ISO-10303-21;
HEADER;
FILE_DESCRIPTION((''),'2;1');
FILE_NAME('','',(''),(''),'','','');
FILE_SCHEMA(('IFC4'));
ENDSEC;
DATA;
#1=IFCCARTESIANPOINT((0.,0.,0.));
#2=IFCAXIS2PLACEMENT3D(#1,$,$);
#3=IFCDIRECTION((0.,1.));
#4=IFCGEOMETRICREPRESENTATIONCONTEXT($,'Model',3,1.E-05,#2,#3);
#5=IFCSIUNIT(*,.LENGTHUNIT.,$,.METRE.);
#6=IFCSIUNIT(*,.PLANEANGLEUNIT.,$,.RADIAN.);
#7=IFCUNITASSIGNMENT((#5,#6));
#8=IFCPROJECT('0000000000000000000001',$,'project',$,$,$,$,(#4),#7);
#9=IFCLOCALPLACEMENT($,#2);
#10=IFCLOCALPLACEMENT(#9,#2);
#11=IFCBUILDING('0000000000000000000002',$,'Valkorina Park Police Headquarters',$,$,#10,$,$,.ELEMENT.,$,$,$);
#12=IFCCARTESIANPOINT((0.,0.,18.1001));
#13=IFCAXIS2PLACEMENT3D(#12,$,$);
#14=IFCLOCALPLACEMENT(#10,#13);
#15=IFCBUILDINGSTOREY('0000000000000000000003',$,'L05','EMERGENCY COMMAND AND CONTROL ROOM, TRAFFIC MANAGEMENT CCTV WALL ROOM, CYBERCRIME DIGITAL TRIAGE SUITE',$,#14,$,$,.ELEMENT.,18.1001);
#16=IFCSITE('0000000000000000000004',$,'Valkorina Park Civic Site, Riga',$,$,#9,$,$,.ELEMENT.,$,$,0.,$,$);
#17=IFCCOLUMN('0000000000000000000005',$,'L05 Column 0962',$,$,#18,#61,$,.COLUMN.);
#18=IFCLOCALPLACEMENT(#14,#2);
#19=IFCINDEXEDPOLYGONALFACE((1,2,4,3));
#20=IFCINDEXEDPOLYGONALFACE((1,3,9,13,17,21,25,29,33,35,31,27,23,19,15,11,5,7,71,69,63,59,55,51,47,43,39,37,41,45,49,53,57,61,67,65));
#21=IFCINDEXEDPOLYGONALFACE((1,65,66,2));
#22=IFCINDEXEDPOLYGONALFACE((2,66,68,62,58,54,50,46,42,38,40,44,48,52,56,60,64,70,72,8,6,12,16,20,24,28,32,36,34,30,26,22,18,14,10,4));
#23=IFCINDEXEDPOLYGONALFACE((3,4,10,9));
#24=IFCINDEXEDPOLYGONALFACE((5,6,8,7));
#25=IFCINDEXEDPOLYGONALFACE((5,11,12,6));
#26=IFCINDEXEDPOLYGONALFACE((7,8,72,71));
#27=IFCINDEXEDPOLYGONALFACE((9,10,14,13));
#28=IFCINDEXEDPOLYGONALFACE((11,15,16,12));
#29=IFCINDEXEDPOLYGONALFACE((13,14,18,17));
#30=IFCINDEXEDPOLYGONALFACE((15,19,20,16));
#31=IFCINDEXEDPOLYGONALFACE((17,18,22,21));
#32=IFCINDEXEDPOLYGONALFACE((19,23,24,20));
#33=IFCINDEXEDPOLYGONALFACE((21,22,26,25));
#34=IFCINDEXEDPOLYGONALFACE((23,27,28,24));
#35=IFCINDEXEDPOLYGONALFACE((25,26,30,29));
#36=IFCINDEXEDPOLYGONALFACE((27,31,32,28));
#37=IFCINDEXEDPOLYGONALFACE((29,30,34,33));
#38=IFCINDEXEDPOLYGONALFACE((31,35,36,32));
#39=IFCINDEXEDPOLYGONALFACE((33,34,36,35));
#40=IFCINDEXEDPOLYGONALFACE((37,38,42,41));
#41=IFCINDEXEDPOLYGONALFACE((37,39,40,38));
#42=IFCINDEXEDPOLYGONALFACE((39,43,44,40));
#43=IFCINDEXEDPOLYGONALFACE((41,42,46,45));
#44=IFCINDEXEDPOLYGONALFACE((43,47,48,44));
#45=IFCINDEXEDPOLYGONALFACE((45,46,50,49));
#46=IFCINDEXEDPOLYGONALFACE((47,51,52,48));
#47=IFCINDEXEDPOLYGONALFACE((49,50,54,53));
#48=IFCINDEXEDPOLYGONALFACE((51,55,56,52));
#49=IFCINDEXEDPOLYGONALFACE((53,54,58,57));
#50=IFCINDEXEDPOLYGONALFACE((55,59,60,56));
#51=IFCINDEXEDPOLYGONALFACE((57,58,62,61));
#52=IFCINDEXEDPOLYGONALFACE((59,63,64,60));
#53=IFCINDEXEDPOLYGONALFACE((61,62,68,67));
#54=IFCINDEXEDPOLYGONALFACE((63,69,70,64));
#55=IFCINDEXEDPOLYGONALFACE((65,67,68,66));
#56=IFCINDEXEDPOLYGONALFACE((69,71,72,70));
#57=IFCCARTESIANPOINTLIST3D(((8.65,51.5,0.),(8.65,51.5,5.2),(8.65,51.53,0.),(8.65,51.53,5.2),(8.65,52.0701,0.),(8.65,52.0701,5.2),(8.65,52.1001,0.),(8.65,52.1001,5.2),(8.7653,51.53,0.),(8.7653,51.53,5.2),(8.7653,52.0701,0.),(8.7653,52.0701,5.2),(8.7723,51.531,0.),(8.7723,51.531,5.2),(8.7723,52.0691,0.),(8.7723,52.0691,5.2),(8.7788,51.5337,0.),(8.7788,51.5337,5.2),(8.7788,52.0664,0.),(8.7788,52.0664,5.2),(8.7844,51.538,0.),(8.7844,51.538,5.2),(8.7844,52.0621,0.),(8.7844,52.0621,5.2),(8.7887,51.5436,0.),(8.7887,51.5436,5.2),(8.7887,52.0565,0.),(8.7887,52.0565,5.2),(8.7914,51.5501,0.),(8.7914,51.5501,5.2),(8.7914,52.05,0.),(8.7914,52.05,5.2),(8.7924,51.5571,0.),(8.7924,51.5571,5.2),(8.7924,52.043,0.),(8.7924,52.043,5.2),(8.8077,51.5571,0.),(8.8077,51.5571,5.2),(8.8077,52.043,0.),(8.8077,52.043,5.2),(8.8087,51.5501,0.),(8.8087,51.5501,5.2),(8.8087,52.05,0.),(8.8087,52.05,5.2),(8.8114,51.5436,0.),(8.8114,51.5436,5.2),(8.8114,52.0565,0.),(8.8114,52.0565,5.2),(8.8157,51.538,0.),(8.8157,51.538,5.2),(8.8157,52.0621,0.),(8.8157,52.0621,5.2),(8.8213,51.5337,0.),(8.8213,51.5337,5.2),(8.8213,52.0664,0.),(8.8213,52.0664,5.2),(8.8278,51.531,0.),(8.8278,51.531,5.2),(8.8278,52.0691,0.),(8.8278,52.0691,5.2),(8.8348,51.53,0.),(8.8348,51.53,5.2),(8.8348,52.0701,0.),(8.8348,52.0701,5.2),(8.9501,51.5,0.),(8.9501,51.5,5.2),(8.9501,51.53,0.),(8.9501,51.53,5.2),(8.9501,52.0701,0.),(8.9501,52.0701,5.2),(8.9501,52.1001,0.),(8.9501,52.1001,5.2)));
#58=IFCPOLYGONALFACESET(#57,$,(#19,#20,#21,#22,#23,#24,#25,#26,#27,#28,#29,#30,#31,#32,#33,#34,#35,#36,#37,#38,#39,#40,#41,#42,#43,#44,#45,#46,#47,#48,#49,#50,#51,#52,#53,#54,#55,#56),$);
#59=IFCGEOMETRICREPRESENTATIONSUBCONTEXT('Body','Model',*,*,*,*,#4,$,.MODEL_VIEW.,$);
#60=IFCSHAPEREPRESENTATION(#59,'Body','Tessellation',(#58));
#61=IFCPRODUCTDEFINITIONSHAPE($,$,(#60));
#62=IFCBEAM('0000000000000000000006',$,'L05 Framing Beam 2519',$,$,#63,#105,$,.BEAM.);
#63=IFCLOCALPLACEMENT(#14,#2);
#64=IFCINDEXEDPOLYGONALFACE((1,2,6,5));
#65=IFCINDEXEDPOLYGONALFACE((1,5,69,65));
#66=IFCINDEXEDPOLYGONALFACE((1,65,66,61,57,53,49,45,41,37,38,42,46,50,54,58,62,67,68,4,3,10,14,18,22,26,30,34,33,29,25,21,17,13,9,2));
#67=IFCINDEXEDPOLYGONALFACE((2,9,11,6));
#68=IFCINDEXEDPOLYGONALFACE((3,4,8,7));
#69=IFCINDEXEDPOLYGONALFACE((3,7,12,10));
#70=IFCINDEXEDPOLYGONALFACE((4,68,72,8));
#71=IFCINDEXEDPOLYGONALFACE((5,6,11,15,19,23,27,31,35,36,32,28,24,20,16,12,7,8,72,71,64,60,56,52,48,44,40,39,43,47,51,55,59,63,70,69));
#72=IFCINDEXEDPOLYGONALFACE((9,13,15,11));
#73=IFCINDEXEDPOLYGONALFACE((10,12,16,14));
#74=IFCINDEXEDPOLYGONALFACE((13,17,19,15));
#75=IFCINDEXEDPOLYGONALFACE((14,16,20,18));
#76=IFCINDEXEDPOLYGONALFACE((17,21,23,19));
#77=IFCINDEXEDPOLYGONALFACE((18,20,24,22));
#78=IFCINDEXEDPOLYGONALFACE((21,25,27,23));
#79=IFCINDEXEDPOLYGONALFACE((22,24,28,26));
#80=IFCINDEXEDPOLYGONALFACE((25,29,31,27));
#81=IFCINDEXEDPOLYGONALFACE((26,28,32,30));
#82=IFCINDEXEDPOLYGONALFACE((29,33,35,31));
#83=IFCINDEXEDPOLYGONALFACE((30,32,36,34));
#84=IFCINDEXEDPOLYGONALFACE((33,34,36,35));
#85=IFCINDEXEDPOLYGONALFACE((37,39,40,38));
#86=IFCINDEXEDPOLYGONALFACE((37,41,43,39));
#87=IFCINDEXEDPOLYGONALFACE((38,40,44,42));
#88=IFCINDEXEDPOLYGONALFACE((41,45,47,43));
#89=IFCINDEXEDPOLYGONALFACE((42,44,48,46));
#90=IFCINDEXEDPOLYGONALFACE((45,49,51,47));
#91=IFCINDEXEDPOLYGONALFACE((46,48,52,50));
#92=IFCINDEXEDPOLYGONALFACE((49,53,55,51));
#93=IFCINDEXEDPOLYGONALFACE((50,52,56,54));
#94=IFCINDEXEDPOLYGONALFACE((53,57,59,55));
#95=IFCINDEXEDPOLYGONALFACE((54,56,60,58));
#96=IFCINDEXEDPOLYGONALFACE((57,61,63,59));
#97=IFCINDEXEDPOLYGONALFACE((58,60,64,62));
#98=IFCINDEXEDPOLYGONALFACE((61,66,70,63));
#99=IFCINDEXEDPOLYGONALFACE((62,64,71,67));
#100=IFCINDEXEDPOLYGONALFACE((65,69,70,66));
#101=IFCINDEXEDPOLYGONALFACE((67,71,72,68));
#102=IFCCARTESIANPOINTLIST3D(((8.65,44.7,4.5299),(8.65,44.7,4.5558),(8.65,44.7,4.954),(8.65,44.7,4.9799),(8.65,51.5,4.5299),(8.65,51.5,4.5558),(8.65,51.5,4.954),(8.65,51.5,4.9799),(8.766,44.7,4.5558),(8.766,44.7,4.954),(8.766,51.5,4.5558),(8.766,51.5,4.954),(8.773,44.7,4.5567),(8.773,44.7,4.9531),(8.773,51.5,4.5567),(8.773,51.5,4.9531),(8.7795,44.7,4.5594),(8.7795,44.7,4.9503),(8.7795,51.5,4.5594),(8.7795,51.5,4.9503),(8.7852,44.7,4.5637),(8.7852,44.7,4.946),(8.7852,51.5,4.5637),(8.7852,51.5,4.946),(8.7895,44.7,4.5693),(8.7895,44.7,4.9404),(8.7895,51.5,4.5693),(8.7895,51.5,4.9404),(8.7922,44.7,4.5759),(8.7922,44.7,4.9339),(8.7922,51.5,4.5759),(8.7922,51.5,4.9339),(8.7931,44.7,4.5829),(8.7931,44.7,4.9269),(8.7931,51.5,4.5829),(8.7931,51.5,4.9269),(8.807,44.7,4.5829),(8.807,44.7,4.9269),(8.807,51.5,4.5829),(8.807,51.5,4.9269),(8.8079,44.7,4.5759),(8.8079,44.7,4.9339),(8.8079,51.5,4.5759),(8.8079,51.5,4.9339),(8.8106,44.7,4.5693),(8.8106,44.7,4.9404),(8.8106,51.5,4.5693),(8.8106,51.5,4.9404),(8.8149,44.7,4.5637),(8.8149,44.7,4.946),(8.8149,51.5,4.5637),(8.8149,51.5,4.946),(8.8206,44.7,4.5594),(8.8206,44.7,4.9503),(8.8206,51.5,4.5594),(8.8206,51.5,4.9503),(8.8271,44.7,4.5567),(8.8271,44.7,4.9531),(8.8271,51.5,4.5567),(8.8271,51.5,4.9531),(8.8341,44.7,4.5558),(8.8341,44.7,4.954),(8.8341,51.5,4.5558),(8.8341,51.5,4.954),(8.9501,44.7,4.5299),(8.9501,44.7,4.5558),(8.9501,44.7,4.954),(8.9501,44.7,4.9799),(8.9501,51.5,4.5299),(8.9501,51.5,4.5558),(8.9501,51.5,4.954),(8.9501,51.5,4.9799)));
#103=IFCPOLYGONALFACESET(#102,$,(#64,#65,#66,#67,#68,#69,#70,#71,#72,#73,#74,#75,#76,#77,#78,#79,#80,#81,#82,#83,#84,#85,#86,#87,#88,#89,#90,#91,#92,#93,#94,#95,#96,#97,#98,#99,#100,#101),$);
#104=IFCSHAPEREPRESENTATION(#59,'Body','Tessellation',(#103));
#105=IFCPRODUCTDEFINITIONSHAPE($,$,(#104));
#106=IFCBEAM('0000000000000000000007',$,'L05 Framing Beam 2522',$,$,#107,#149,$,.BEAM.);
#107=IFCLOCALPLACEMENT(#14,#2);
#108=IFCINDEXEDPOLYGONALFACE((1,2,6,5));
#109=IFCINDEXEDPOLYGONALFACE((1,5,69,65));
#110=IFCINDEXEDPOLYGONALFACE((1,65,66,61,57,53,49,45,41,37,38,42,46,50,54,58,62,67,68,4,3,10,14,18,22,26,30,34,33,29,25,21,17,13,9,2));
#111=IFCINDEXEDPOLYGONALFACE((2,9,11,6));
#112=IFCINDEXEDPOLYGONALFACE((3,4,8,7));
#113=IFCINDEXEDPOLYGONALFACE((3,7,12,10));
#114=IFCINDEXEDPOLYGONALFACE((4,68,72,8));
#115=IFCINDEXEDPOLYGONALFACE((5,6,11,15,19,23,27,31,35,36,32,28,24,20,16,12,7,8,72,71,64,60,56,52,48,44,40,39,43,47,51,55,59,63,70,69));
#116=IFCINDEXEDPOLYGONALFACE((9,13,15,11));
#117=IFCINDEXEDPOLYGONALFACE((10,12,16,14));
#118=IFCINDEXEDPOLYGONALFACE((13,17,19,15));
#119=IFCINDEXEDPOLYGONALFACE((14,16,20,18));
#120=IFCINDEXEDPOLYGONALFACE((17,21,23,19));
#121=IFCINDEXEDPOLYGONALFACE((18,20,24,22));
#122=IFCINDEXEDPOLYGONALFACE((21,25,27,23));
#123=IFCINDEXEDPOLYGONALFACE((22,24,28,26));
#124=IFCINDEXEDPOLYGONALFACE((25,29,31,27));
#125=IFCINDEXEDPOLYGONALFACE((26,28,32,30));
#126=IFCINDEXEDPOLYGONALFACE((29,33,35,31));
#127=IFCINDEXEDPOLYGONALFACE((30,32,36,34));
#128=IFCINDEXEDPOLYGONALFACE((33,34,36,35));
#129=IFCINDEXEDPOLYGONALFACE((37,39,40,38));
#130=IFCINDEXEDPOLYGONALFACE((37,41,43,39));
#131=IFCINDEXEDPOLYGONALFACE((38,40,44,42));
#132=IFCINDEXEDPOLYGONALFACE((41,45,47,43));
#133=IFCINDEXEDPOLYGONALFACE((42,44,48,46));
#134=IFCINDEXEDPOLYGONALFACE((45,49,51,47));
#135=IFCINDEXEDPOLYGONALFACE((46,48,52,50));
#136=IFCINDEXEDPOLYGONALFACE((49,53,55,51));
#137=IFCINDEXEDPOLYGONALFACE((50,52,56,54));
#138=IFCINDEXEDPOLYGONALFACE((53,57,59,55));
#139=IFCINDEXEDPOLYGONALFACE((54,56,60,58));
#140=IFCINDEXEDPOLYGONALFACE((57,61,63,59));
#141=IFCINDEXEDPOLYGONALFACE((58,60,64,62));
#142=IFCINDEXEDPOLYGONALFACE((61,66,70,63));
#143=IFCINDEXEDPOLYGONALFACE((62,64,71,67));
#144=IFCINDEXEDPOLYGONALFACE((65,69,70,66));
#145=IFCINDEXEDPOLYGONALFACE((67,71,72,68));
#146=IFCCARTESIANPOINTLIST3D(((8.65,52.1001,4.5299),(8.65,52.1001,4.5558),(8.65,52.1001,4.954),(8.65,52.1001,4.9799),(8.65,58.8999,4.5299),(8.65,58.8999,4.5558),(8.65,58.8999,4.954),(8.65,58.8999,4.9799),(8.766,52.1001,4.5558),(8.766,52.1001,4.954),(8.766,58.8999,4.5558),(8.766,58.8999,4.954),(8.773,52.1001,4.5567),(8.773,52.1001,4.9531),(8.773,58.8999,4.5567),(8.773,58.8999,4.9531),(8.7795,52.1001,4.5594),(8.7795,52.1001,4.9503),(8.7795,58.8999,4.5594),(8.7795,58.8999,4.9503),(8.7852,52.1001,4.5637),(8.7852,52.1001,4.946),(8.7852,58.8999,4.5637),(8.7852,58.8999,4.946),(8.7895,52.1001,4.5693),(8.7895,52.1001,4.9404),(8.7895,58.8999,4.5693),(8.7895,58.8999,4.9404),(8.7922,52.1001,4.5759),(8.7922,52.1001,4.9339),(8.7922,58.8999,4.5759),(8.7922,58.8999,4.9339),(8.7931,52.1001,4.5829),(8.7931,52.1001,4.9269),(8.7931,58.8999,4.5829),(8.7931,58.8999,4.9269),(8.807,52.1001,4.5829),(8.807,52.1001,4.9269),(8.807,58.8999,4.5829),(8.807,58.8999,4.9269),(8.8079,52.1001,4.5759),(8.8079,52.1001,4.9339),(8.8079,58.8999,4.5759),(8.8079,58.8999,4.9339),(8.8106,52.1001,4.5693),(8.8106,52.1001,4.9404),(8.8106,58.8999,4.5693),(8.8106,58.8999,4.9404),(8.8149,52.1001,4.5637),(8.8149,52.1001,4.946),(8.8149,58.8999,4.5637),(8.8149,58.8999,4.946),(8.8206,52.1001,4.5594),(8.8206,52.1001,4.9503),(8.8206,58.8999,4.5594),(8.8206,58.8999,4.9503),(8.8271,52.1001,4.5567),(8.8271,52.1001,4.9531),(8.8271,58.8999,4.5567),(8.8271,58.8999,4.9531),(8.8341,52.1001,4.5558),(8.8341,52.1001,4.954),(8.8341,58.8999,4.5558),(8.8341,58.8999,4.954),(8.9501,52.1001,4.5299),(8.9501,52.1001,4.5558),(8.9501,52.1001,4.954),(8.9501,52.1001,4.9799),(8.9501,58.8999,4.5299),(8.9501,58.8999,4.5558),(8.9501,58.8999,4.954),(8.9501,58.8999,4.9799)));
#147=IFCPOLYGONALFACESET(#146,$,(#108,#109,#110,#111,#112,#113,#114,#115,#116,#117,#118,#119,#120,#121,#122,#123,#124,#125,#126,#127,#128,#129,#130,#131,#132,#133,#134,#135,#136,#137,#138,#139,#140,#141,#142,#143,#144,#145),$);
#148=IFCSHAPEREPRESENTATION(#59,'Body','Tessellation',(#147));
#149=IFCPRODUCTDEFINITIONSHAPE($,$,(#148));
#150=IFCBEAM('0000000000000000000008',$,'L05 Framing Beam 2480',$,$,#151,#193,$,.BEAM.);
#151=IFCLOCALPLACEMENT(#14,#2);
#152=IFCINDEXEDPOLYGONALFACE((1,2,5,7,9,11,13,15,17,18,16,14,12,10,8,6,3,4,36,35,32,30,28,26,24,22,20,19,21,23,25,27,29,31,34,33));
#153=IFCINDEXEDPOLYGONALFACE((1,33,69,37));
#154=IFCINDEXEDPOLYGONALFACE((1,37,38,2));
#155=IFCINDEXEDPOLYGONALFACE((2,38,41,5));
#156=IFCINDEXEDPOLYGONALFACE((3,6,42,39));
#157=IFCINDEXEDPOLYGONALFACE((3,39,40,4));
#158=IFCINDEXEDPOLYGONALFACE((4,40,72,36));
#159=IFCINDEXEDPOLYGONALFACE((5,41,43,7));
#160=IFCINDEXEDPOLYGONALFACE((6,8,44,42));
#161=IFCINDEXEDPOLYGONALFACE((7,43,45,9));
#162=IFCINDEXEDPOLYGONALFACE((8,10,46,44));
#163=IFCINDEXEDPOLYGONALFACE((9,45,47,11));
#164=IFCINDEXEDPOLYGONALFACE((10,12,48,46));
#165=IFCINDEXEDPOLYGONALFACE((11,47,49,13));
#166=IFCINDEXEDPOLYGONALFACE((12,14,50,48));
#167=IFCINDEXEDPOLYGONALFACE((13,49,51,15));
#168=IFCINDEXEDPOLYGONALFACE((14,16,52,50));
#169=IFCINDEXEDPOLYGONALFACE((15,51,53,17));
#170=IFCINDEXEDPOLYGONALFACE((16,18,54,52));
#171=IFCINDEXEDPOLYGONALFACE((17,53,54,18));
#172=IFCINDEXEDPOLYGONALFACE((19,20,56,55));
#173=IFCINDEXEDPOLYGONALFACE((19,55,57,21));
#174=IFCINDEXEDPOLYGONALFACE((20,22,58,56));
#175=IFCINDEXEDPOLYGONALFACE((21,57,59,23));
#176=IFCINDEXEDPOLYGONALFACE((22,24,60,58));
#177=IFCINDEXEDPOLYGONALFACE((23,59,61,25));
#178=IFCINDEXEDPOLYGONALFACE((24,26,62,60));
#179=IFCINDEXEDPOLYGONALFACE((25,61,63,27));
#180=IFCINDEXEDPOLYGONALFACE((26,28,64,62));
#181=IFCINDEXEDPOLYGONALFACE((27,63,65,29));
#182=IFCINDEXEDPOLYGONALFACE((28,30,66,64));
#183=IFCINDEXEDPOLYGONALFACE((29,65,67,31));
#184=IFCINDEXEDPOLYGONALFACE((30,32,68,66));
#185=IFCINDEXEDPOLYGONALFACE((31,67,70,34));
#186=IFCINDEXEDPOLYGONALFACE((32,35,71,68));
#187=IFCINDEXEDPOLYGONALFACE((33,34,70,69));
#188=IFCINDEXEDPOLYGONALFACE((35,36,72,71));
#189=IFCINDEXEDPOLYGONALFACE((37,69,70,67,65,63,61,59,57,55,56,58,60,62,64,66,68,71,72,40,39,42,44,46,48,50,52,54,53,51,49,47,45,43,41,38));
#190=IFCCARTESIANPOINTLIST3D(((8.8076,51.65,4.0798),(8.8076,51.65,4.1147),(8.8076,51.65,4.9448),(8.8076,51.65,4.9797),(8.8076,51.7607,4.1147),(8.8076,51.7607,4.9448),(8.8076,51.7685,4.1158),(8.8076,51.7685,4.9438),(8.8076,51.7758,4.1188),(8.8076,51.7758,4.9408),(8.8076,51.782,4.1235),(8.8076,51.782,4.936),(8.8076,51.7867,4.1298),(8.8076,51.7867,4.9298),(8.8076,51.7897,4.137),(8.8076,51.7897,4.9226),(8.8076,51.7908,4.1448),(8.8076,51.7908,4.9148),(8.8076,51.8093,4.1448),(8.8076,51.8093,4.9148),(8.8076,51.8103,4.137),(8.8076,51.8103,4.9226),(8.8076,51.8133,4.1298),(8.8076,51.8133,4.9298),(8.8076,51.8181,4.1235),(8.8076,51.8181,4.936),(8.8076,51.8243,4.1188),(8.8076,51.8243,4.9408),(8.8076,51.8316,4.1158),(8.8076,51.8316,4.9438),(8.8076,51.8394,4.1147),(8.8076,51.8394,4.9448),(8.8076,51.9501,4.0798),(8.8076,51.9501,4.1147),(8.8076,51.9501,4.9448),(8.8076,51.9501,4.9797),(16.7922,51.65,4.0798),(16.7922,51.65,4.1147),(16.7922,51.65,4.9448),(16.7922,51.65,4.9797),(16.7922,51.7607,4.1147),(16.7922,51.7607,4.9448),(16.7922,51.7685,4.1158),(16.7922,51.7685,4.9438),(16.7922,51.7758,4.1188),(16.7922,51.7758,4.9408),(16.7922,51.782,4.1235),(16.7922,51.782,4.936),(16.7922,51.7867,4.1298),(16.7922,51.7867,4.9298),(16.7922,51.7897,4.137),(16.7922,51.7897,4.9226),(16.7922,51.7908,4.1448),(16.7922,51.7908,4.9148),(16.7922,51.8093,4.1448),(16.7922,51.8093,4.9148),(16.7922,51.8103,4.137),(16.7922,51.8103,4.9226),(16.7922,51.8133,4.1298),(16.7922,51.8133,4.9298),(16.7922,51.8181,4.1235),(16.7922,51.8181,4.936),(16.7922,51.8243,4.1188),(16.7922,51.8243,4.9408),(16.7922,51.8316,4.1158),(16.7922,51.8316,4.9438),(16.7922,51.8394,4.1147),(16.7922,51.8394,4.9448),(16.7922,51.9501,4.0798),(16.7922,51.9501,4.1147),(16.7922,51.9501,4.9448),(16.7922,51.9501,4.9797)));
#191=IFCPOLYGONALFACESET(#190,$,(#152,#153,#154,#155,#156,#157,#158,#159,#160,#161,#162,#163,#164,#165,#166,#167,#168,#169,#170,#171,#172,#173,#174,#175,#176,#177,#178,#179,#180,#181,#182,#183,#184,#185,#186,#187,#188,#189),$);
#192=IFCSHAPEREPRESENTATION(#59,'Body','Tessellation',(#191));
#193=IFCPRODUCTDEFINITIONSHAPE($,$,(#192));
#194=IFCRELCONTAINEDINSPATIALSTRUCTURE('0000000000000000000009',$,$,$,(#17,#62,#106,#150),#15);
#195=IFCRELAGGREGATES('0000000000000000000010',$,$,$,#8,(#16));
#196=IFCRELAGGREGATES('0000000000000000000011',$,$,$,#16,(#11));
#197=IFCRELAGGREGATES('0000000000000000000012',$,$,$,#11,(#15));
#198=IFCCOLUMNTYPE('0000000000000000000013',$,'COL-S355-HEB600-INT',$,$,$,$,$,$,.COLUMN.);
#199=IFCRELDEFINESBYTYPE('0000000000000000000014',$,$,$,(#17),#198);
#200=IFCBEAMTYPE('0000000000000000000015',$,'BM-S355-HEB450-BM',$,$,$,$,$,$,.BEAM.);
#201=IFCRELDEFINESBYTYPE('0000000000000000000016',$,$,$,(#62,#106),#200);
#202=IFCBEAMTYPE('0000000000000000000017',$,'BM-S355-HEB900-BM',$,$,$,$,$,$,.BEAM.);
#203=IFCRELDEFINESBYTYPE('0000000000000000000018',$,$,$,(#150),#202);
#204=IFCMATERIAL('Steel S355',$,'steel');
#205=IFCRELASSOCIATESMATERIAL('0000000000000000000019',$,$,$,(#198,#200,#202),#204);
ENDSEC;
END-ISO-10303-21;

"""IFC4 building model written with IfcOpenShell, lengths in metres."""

from ifc_helpers import new_model, si_unit, direction, frame, origin, origin_2d, place, context, subcontext, project, spatial, i_section, extrude, material, material_profile, profile_set, type_object, element, save


model = new_model("IFC4")

# Units and contexts
model_context = context("Model", 3, precision=1e-05, world=origin(), true_north=direction((0.0, 1.0)))
body_context = subcontext(model_context, "Body", "Model", "MODEL_VIEW")
ifc_project = project(units=[si_unit("LENGTHUNIT", "METRE"), si_unit("PLANEANGLEUNIT", "RADIAN")], contexts=[model_context])

# Site, building, storey
site_placement = place(None, origin())
site = spatial("IfcSite", under=ifc_project, at=site_placement, Name="Valkorina Park Civic Site, Riga", CompositionType="ELEMENT", RefElevation=0.0)
building_placement = place(site_placement, origin())
building = spatial("IfcBuilding", under=site, at=building_placement, Name="Valkorina Park Police Headquarters", CompositionType="ELEMENT")
storey_placement = place(building_placement, frame((0.0, 0.0, 18.1001)))
storey = spatial("IfcBuildingStorey", under=building, at=storey_placement, Name="L05", Description="EMERGENCY COMMAND AND CONTROL ROOM, TRAFFIC MANAGEMENT CCTV WALL ROOM, CYBERCRIME DIGITAL TRIAGE SUITE", CompositionType="ELEMENT", Elevation=18.1001)

# Column
ifc_material_1 = material(Name="Steel S355", Category="steel")
ifc_material_profile_1 = material_profile(ifc_material_1, i_section(OverallWidth=0.3, OverallDepth=0.6001, WebThickness=0.0154, FlangeThickness=0.03, FilletRadius=0.0271, at=origin_2d()), Name="HEB 600")
ifc_profile_set_1 = profile_set([ifc_material_profile_1], Name="Steel S355")
column_type = type_object("IfcColumnType", Name="COL-S355-HEB600-INT", PredefinedType="COLUMN", material=ifc_profile_set_1)
column_placement = place(storey_placement, frame((8.8, 51.8, 0.0), z_axis=(0.0, 0.0, 1.0), x_axis=(1.0, 0.0, 0.0)))
element("IfcColumn", 1, at=column_placement, inside=storey, type_object=column_type, Name="L05 Column 0962", PredefinedType="COLUMN", context=body_context, shape_type="SweptSolid", body=[
    extrude(i_section(OverallWidth=0.3, OverallDepth=0.6001, WebThickness=0.0154, FlangeThickness=0.03, FilletRadius=0.0271, at=origin_2d()), origin(), (0.0, 0.0, 1.0), 5.2),
])

# Beams
ifc_material_profile_2 = material_profile(ifc_material_1, i_section(OverallWidth=0.3, OverallDepth=0.45, WebThickness=0.0139, FlangeThickness=0.0259, FilletRadius=0.0271, at=origin_2d()), Name="HEB 450")
ifc_profile_set_2 = profile_set([ifc_material_profile_2], Name="Steel S355")
beam_type_1 = type_object("IfcBeamType", Name="BM-S355-HEB450-BM", PredefinedType="BEAM", material=ifc_profile_set_2)
beam_1_placement = place(storey_placement, frame((8.8, 44.7, 4.7549), z_axis=(0.0, 1.0, 0.0), x_axis=(-1.0, 0.0, 0.0)))
element("IfcBeam", 2, at=beam_1_placement, inside=storey, type_object=beam_type_1, Name="L05 Framing Beam 2519", PredefinedType="BEAM", context=body_context, shape_type="SweptSolid", body=[
    extrude(i_section(OverallWidth=0.3, OverallDepth=0.45, WebThickness=0.0139, FlangeThickness=0.0259, FilletRadius=0.0271, at=origin_2d()), origin(), (0.0, 0.0, 1.0), 6.8),
])
beam_2_placement = place(storey_placement, frame((8.8, 52.1001, 4.7549), z_axis=(0.0, 1.0, 0.0), x_axis=(-1.0, 0.0, 0.0)))
element("IfcBeam", 3, at=beam_2_placement, inside=storey, type_object=beam_type_1, Name="L05 Framing Beam 2522", PredefinedType="BEAM", context=body_context, shape_type="SweptSolid", body=[
    extrude(i_section(OverallWidth=0.3, OverallDepth=0.45, WebThickness=0.0139, FlangeThickness=0.0259, FilletRadius=0.0271, at=origin_2d()), origin(), (0.0, 0.0, 1.0), 6.7998),
])
ifc_material_profile_3 = material_profile(ifc_material_1, i_section(OverallWidth=0.3, OverallDepth=0.8999, WebThickness=0.0186, FlangeThickness=0.0349, FilletRadius=0.03, at=origin_2d()), Name="HEB 900")
ifc_profile_set_3 = profile_set([ifc_material_profile_3], Name="Steel S355")
beam_type_2 = type_object("IfcBeamType", Name="BM-S355-HEB900-BM", PredefinedType="BEAM", material=ifc_profile_set_3)
beam_3_placement = place(storey_placement, frame((8.8076, 51.8, 4.5298), z_axis=(1.0, 0.0, 0.0), x_axis=(0.0, 1.0, 0.0)))
element("IfcBeam", 4, at=beam_3_placement, inside=storey, type_object=beam_type_2, Name="L05 Framing Beam 2480", PredefinedType="BEAM", context=body_context, shape_type="SweptSolid", body=[
    extrude(i_section(OverallWidth=0.3, OverallDepth=0.8999, WebThickness=0.0186, FlangeThickness=0.0349, FilletRadius=0.03, at=origin_2d()), origin(), (0.0, 0.0, 1.0), 7.9846),
])

save(model, "model.ifc")
